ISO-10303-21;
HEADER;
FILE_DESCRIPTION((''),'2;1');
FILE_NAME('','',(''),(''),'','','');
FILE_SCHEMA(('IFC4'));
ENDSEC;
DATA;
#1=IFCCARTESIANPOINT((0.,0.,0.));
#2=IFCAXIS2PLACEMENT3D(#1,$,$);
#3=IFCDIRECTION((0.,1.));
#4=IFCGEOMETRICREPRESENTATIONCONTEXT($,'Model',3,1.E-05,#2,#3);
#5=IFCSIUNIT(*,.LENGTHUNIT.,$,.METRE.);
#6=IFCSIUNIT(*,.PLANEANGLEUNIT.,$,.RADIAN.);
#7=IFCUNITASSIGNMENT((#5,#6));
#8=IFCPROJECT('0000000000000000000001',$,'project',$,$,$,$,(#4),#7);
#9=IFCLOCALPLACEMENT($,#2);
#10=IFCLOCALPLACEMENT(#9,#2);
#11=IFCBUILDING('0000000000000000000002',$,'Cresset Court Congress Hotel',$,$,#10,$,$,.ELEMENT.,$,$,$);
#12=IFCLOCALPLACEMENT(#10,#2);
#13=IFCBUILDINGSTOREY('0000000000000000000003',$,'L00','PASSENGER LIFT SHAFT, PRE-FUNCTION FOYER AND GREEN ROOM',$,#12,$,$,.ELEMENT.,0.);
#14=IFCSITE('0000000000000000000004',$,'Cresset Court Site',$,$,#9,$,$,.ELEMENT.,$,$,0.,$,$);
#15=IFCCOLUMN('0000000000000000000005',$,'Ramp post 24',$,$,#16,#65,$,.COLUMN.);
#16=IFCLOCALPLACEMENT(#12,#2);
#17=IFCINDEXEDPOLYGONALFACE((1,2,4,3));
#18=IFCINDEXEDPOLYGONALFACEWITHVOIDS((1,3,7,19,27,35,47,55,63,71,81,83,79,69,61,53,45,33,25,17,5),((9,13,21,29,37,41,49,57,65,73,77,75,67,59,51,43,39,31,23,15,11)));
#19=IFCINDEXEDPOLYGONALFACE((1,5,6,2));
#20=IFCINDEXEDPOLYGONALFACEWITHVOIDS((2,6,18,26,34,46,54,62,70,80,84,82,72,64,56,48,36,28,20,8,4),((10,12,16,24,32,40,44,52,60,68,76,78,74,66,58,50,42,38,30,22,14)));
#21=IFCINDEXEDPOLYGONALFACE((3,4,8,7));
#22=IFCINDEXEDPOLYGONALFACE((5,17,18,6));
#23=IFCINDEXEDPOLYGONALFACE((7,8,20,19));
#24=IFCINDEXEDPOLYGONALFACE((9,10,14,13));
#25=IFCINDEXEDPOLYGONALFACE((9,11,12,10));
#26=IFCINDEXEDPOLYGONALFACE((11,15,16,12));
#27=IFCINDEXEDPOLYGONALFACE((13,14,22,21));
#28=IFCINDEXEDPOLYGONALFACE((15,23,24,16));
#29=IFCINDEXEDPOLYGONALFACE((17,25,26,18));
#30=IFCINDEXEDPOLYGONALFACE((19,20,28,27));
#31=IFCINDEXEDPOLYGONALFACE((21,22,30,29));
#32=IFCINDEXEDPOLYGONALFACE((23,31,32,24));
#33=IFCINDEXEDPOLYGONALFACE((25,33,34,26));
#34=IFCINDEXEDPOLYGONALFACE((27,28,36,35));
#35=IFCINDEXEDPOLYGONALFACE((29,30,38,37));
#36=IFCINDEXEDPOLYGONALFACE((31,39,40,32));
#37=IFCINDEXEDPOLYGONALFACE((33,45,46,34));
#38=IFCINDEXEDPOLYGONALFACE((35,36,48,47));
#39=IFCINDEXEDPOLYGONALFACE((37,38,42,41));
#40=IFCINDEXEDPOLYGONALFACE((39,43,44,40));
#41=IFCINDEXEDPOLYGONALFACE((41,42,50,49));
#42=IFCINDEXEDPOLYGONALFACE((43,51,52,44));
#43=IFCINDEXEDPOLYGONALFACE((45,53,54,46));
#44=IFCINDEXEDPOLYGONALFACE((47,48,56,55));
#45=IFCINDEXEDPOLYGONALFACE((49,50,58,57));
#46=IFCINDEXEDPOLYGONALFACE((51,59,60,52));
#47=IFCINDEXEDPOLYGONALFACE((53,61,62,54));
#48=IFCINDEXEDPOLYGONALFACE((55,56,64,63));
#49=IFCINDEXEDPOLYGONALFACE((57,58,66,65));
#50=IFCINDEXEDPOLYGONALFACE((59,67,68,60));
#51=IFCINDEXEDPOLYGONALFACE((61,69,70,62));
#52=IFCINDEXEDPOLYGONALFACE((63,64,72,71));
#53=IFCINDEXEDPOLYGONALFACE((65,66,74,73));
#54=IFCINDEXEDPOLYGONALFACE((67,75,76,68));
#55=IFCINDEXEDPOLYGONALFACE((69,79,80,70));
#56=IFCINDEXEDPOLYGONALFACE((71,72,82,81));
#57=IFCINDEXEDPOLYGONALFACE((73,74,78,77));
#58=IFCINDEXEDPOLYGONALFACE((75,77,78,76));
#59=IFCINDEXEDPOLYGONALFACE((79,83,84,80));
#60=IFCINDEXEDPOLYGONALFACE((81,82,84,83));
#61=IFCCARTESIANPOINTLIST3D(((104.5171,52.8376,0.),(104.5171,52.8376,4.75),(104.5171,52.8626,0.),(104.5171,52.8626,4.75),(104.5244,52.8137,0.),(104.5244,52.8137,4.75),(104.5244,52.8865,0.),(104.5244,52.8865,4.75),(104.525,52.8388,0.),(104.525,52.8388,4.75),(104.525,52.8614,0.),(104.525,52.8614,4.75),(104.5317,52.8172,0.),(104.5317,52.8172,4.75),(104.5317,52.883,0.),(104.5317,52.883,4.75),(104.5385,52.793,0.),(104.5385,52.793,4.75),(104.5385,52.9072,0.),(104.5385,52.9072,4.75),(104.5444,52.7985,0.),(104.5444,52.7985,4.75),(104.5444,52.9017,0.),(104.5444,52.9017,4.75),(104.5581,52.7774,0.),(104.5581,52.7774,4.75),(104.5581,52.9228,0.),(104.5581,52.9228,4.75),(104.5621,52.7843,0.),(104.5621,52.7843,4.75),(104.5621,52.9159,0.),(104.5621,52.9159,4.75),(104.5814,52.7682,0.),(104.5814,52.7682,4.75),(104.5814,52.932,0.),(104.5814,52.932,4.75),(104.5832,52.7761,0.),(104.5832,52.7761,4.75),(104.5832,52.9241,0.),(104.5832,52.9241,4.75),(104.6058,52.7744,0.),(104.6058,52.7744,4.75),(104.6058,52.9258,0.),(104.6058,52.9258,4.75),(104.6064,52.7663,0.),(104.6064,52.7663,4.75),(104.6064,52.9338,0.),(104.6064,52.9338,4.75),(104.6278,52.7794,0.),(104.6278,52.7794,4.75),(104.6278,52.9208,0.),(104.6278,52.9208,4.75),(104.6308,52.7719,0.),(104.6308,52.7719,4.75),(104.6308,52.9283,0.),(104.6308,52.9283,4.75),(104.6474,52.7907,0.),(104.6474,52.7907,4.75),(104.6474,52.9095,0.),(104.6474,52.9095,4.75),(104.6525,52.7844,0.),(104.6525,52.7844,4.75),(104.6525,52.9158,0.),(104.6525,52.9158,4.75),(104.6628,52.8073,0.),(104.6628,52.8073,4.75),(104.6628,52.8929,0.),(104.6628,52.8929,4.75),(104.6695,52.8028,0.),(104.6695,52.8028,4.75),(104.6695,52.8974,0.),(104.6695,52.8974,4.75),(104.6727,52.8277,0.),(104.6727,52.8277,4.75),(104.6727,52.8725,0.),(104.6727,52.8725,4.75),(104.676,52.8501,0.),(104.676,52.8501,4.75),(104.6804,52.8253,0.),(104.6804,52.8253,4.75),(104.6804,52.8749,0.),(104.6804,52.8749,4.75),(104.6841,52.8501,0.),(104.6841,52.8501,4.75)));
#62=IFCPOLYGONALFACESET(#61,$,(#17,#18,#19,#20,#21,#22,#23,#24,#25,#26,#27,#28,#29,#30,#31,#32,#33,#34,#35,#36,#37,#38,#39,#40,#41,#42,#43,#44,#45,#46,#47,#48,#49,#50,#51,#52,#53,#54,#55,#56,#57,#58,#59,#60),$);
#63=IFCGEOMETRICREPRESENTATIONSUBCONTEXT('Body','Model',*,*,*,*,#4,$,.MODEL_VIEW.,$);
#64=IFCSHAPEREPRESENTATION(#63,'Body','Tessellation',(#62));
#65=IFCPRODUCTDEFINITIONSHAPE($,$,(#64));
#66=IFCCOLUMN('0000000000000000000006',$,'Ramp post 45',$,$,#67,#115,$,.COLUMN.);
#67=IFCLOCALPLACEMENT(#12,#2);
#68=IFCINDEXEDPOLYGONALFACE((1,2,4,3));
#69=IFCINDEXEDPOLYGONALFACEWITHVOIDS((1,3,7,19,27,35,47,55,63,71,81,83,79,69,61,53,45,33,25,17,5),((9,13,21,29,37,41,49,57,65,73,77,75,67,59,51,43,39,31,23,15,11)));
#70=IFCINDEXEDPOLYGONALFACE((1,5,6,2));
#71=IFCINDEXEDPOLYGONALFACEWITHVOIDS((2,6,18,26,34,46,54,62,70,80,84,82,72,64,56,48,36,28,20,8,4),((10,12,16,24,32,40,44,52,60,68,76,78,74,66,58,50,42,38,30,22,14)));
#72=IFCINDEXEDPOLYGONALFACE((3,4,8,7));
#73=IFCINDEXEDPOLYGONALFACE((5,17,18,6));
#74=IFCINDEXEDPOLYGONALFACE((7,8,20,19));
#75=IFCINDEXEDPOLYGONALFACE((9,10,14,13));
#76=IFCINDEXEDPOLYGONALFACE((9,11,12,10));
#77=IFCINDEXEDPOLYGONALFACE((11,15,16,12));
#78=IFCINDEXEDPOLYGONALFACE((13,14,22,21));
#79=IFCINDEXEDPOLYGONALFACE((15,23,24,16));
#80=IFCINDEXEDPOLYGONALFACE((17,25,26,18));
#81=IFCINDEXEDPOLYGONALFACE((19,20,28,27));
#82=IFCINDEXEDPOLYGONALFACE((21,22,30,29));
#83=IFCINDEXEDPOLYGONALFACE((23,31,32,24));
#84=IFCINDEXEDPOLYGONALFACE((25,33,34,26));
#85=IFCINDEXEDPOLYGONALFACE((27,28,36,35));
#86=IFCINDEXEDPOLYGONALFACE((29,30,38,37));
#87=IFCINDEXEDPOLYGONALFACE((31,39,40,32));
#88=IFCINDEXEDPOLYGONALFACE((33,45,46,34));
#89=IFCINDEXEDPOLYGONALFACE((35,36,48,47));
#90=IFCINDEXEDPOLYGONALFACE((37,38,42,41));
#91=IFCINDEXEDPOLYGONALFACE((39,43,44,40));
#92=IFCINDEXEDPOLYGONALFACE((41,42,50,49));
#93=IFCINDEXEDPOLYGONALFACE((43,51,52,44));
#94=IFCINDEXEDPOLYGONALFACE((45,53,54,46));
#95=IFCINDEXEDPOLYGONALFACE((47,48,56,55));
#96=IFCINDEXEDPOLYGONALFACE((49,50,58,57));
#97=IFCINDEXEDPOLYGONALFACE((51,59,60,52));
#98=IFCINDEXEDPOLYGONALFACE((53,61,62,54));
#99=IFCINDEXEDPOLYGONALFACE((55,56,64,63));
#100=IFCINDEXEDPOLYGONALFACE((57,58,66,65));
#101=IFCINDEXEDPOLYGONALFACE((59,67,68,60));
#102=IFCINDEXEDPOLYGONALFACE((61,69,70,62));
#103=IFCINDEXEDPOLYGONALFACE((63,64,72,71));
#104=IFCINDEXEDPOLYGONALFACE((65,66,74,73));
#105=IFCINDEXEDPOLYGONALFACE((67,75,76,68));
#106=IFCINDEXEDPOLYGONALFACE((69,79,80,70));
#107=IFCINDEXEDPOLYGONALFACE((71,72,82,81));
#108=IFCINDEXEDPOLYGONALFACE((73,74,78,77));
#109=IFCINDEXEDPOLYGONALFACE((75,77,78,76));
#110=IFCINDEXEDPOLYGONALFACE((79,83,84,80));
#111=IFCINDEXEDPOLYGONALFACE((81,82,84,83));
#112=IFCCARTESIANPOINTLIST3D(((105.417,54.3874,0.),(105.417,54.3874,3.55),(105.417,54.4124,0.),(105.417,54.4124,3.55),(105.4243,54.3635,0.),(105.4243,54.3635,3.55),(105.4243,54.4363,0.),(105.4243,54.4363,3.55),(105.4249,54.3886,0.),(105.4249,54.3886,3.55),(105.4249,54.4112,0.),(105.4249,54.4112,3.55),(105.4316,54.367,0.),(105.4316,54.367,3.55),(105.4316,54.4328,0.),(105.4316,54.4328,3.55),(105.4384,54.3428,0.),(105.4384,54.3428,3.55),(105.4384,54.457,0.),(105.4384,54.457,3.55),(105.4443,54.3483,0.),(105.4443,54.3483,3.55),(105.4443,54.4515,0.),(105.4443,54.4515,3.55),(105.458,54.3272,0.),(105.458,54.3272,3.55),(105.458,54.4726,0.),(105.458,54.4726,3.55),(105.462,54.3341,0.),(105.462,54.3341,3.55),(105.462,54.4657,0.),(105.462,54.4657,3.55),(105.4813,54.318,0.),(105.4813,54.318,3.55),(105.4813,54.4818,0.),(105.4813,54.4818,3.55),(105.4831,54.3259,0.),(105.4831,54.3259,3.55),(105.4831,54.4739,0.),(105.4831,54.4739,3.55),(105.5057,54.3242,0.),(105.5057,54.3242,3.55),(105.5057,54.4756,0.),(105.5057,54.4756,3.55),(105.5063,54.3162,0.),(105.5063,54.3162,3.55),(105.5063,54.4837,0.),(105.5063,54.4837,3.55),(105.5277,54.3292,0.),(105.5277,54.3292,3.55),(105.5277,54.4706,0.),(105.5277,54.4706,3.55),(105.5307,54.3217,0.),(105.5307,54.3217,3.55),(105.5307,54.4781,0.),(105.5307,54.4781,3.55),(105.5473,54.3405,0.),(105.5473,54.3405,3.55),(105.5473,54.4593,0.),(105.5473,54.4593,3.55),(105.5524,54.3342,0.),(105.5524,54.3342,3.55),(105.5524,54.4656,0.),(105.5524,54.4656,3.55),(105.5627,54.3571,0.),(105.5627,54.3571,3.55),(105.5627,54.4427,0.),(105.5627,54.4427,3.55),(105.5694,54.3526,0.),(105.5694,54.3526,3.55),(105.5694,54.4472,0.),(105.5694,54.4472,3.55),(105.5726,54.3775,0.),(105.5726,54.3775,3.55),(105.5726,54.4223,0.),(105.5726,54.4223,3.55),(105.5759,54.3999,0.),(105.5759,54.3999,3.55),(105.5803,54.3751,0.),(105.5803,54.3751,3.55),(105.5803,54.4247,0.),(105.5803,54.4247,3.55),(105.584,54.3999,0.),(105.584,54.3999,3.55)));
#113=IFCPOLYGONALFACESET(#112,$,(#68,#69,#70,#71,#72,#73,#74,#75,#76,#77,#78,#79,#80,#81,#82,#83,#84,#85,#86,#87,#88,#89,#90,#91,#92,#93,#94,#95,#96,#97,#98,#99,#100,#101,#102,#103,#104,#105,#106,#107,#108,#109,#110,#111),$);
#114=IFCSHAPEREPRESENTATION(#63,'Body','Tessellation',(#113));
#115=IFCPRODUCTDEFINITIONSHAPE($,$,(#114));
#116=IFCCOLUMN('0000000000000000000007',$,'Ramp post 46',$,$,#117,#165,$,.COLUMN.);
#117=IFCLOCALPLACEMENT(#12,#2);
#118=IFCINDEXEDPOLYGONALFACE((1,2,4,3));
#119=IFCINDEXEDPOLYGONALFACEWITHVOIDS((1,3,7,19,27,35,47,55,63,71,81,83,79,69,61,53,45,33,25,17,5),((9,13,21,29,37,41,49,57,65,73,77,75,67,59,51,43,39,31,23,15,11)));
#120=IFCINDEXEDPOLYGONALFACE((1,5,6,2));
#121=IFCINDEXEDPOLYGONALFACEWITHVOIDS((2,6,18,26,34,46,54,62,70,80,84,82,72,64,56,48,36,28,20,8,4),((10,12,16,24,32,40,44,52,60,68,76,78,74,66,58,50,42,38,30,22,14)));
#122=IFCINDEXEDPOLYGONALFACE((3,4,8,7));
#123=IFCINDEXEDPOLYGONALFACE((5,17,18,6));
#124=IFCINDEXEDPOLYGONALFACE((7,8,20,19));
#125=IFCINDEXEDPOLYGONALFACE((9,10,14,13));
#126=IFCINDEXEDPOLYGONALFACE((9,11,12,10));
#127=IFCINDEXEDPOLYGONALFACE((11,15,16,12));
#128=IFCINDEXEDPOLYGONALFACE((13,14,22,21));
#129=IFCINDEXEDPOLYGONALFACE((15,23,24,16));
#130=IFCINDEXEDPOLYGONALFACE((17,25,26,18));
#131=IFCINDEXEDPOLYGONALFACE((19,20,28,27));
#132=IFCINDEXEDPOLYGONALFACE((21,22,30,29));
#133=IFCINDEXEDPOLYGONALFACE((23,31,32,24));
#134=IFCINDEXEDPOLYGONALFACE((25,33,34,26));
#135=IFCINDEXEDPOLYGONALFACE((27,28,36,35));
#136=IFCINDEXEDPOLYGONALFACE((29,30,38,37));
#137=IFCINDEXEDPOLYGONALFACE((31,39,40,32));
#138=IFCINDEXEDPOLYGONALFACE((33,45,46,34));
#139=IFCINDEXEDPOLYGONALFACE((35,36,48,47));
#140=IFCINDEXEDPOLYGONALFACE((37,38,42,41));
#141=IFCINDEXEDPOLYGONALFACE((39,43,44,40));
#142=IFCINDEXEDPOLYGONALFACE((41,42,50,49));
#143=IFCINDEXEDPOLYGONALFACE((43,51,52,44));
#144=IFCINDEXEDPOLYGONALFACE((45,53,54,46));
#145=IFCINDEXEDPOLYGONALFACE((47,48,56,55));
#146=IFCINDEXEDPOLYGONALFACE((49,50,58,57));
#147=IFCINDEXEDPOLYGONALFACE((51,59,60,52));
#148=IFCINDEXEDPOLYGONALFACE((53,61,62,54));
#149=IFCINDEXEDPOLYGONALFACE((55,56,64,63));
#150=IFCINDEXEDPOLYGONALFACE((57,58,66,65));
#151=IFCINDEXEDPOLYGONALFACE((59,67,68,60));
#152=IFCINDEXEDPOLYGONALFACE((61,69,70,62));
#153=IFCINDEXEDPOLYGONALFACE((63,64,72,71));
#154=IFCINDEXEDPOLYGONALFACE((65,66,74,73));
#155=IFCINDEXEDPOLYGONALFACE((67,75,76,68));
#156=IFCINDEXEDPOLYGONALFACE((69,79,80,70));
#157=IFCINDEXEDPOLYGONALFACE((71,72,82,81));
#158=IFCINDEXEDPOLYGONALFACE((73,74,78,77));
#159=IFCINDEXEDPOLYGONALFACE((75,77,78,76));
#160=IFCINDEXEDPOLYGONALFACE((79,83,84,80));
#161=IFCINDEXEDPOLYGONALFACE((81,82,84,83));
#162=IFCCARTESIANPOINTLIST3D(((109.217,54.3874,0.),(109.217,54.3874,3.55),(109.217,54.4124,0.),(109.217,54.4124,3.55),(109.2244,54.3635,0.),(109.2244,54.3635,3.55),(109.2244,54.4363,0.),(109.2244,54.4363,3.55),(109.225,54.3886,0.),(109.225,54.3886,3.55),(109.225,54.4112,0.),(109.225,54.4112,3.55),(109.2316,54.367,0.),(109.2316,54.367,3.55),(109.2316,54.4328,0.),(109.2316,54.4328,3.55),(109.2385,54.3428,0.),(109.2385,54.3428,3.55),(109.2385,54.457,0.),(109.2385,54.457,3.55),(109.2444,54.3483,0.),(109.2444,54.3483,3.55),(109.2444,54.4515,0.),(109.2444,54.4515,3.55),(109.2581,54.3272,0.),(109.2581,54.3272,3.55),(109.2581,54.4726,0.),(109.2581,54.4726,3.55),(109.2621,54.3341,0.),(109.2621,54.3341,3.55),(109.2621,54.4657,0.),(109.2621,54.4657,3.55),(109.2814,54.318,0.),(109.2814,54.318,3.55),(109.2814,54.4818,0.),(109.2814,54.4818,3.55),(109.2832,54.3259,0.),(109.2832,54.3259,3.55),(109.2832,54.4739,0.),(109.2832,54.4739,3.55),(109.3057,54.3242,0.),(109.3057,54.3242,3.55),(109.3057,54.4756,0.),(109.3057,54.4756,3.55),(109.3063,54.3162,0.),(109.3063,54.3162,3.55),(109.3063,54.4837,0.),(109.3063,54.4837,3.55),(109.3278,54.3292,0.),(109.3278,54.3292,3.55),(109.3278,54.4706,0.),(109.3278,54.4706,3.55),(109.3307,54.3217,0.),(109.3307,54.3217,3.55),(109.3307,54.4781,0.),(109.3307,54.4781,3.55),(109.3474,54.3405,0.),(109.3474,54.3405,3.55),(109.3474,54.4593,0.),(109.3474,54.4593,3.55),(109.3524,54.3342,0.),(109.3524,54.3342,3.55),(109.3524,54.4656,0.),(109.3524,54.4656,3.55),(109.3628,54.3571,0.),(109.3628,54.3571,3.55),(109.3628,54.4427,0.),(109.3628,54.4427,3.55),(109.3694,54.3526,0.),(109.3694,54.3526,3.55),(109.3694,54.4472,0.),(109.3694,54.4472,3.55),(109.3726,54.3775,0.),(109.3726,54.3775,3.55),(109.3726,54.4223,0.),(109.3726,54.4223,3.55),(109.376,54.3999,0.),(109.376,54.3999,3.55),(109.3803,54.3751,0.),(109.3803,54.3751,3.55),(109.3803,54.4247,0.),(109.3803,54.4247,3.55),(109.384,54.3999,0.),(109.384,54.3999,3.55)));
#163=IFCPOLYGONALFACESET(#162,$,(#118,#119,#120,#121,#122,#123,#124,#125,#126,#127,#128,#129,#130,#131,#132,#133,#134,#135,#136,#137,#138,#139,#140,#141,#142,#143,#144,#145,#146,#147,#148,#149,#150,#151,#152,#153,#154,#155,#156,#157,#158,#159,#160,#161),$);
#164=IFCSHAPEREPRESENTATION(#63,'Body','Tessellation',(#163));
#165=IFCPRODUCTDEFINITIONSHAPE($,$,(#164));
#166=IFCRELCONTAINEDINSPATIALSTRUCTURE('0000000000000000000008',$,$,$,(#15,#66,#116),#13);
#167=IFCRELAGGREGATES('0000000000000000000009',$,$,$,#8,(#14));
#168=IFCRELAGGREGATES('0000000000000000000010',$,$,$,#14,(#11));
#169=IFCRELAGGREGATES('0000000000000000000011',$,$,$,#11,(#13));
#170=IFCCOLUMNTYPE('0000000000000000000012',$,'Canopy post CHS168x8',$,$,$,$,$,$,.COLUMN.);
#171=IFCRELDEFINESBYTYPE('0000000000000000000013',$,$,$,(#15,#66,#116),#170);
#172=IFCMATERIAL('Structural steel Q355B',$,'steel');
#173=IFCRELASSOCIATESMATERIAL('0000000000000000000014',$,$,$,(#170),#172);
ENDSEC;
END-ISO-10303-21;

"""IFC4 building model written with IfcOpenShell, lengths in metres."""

from ifc_helpers import new_model, si_unit, direction, frame, origin, origin_2d, place, context, subcontext, project, spatial, hollow_circle, extrude, material, material_profile, profile_set, type_object, element, save


model = new_model("IFC4")

# Units and contexts
model_context = context("Model", 3, precision=1e-05, world=origin(), true_north=direction((0.0, 1.0)))
body_context = subcontext(model_context, "Body", "Model", "MODEL_VIEW")
ifc_project = project(units=[si_unit("LENGTHUNIT", "METRE"), si_unit("PLANEANGLEUNIT", "RADIAN")], contexts=[model_context])

# Site, building, storey
site_placement = place(None, origin())
site = spatial("IfcSite", under=ifc_project, at=site_placement, Name="Cresset Court Site", CompositionType="ELEMENT", RefElevation=0.0)
building_placement = place(site_placement, origin())
building = spatial("IfcBuilding", under=site, at=building_placement, Name="Cresset Court Congress Hotel", CompositionType="ELEMENT")
storey_placement = place(building_placement, origin())
storey = spatial("IfcBuildingStorey", under=building, at=storey_placement, Name="L00", Description="PASSENGER LIFT SHAFT, PRE-FUNCTION FOYER AND GREEN ROOM", CompositionType="ELEMENT", Elevation=0.0)

# Columns
ifc_material_1 = material(Name="Structural steel Q355B", Category="steel")
ifc_material_profile = material_profile(ifc_material_1, hollow_circle(Radius=0.084, WallThickness=0.0081, at=origin_2d()), Name="CHS168x8")
ifc_profile_set = profile_set([ifc_material_profile], Name="Structural steel Q355B")
column_type = type_object("IfcColumnType", Name="Canopy post CHS168x8", PredefinedType="COLUMN", material=ifc_profile_set)
for number, where, z_axis, x_axis, name in (
    (1, (104.6001, 52.8501, 0.0), (0.0, 0.0, 1.0), (1.0, 0.0, 0.0), "Ramp post 24"),
):
    element("IfcColumn", number, at=place(storey_placement, frame(where, z_axis=z_axis, x_axis=x_axis)), inside=storey, type_object=column_type, Name=name, PredefinedType="COLUMN", context=body_context, shape_type="SweptSolid", body=[
        extrude(hollow_circle(Radius=0.084, WallThickness=0.0081, at=origin_2d()), origin(), (0.0, 0.0, 1.0), 4.75),
    ])
for number, where, z_axis, x_axis, name in (
    (2, (105.5, 54.3999, 0.0), (0.0, 0.0, 1.0), (1.0, 0.0, 0.0), "Ramp post 45"),
    (3, (109.3, 54.3999, 0.0), (0.0, 0.0, 1.0), (1.0, 0.0, 0.0), "Ramp post 46"),
):
    element("IfcColumn", number, at=place(storey_placement, frame(where, z_axis=z_axis, x_axis=x_axis)), inside=storey, type_object=column_type, Name=name, PredefinedType="COLUMN", context=body_context, shape_type="SweptSolid", body=[
        extrude(hollow_circle(Radius=0.084, WallThickness=0.0081, at=origin_2d()), origin(), (0.0, 0.0, 1.0), 3.55),
    ])

save(model, "model.ifc")
